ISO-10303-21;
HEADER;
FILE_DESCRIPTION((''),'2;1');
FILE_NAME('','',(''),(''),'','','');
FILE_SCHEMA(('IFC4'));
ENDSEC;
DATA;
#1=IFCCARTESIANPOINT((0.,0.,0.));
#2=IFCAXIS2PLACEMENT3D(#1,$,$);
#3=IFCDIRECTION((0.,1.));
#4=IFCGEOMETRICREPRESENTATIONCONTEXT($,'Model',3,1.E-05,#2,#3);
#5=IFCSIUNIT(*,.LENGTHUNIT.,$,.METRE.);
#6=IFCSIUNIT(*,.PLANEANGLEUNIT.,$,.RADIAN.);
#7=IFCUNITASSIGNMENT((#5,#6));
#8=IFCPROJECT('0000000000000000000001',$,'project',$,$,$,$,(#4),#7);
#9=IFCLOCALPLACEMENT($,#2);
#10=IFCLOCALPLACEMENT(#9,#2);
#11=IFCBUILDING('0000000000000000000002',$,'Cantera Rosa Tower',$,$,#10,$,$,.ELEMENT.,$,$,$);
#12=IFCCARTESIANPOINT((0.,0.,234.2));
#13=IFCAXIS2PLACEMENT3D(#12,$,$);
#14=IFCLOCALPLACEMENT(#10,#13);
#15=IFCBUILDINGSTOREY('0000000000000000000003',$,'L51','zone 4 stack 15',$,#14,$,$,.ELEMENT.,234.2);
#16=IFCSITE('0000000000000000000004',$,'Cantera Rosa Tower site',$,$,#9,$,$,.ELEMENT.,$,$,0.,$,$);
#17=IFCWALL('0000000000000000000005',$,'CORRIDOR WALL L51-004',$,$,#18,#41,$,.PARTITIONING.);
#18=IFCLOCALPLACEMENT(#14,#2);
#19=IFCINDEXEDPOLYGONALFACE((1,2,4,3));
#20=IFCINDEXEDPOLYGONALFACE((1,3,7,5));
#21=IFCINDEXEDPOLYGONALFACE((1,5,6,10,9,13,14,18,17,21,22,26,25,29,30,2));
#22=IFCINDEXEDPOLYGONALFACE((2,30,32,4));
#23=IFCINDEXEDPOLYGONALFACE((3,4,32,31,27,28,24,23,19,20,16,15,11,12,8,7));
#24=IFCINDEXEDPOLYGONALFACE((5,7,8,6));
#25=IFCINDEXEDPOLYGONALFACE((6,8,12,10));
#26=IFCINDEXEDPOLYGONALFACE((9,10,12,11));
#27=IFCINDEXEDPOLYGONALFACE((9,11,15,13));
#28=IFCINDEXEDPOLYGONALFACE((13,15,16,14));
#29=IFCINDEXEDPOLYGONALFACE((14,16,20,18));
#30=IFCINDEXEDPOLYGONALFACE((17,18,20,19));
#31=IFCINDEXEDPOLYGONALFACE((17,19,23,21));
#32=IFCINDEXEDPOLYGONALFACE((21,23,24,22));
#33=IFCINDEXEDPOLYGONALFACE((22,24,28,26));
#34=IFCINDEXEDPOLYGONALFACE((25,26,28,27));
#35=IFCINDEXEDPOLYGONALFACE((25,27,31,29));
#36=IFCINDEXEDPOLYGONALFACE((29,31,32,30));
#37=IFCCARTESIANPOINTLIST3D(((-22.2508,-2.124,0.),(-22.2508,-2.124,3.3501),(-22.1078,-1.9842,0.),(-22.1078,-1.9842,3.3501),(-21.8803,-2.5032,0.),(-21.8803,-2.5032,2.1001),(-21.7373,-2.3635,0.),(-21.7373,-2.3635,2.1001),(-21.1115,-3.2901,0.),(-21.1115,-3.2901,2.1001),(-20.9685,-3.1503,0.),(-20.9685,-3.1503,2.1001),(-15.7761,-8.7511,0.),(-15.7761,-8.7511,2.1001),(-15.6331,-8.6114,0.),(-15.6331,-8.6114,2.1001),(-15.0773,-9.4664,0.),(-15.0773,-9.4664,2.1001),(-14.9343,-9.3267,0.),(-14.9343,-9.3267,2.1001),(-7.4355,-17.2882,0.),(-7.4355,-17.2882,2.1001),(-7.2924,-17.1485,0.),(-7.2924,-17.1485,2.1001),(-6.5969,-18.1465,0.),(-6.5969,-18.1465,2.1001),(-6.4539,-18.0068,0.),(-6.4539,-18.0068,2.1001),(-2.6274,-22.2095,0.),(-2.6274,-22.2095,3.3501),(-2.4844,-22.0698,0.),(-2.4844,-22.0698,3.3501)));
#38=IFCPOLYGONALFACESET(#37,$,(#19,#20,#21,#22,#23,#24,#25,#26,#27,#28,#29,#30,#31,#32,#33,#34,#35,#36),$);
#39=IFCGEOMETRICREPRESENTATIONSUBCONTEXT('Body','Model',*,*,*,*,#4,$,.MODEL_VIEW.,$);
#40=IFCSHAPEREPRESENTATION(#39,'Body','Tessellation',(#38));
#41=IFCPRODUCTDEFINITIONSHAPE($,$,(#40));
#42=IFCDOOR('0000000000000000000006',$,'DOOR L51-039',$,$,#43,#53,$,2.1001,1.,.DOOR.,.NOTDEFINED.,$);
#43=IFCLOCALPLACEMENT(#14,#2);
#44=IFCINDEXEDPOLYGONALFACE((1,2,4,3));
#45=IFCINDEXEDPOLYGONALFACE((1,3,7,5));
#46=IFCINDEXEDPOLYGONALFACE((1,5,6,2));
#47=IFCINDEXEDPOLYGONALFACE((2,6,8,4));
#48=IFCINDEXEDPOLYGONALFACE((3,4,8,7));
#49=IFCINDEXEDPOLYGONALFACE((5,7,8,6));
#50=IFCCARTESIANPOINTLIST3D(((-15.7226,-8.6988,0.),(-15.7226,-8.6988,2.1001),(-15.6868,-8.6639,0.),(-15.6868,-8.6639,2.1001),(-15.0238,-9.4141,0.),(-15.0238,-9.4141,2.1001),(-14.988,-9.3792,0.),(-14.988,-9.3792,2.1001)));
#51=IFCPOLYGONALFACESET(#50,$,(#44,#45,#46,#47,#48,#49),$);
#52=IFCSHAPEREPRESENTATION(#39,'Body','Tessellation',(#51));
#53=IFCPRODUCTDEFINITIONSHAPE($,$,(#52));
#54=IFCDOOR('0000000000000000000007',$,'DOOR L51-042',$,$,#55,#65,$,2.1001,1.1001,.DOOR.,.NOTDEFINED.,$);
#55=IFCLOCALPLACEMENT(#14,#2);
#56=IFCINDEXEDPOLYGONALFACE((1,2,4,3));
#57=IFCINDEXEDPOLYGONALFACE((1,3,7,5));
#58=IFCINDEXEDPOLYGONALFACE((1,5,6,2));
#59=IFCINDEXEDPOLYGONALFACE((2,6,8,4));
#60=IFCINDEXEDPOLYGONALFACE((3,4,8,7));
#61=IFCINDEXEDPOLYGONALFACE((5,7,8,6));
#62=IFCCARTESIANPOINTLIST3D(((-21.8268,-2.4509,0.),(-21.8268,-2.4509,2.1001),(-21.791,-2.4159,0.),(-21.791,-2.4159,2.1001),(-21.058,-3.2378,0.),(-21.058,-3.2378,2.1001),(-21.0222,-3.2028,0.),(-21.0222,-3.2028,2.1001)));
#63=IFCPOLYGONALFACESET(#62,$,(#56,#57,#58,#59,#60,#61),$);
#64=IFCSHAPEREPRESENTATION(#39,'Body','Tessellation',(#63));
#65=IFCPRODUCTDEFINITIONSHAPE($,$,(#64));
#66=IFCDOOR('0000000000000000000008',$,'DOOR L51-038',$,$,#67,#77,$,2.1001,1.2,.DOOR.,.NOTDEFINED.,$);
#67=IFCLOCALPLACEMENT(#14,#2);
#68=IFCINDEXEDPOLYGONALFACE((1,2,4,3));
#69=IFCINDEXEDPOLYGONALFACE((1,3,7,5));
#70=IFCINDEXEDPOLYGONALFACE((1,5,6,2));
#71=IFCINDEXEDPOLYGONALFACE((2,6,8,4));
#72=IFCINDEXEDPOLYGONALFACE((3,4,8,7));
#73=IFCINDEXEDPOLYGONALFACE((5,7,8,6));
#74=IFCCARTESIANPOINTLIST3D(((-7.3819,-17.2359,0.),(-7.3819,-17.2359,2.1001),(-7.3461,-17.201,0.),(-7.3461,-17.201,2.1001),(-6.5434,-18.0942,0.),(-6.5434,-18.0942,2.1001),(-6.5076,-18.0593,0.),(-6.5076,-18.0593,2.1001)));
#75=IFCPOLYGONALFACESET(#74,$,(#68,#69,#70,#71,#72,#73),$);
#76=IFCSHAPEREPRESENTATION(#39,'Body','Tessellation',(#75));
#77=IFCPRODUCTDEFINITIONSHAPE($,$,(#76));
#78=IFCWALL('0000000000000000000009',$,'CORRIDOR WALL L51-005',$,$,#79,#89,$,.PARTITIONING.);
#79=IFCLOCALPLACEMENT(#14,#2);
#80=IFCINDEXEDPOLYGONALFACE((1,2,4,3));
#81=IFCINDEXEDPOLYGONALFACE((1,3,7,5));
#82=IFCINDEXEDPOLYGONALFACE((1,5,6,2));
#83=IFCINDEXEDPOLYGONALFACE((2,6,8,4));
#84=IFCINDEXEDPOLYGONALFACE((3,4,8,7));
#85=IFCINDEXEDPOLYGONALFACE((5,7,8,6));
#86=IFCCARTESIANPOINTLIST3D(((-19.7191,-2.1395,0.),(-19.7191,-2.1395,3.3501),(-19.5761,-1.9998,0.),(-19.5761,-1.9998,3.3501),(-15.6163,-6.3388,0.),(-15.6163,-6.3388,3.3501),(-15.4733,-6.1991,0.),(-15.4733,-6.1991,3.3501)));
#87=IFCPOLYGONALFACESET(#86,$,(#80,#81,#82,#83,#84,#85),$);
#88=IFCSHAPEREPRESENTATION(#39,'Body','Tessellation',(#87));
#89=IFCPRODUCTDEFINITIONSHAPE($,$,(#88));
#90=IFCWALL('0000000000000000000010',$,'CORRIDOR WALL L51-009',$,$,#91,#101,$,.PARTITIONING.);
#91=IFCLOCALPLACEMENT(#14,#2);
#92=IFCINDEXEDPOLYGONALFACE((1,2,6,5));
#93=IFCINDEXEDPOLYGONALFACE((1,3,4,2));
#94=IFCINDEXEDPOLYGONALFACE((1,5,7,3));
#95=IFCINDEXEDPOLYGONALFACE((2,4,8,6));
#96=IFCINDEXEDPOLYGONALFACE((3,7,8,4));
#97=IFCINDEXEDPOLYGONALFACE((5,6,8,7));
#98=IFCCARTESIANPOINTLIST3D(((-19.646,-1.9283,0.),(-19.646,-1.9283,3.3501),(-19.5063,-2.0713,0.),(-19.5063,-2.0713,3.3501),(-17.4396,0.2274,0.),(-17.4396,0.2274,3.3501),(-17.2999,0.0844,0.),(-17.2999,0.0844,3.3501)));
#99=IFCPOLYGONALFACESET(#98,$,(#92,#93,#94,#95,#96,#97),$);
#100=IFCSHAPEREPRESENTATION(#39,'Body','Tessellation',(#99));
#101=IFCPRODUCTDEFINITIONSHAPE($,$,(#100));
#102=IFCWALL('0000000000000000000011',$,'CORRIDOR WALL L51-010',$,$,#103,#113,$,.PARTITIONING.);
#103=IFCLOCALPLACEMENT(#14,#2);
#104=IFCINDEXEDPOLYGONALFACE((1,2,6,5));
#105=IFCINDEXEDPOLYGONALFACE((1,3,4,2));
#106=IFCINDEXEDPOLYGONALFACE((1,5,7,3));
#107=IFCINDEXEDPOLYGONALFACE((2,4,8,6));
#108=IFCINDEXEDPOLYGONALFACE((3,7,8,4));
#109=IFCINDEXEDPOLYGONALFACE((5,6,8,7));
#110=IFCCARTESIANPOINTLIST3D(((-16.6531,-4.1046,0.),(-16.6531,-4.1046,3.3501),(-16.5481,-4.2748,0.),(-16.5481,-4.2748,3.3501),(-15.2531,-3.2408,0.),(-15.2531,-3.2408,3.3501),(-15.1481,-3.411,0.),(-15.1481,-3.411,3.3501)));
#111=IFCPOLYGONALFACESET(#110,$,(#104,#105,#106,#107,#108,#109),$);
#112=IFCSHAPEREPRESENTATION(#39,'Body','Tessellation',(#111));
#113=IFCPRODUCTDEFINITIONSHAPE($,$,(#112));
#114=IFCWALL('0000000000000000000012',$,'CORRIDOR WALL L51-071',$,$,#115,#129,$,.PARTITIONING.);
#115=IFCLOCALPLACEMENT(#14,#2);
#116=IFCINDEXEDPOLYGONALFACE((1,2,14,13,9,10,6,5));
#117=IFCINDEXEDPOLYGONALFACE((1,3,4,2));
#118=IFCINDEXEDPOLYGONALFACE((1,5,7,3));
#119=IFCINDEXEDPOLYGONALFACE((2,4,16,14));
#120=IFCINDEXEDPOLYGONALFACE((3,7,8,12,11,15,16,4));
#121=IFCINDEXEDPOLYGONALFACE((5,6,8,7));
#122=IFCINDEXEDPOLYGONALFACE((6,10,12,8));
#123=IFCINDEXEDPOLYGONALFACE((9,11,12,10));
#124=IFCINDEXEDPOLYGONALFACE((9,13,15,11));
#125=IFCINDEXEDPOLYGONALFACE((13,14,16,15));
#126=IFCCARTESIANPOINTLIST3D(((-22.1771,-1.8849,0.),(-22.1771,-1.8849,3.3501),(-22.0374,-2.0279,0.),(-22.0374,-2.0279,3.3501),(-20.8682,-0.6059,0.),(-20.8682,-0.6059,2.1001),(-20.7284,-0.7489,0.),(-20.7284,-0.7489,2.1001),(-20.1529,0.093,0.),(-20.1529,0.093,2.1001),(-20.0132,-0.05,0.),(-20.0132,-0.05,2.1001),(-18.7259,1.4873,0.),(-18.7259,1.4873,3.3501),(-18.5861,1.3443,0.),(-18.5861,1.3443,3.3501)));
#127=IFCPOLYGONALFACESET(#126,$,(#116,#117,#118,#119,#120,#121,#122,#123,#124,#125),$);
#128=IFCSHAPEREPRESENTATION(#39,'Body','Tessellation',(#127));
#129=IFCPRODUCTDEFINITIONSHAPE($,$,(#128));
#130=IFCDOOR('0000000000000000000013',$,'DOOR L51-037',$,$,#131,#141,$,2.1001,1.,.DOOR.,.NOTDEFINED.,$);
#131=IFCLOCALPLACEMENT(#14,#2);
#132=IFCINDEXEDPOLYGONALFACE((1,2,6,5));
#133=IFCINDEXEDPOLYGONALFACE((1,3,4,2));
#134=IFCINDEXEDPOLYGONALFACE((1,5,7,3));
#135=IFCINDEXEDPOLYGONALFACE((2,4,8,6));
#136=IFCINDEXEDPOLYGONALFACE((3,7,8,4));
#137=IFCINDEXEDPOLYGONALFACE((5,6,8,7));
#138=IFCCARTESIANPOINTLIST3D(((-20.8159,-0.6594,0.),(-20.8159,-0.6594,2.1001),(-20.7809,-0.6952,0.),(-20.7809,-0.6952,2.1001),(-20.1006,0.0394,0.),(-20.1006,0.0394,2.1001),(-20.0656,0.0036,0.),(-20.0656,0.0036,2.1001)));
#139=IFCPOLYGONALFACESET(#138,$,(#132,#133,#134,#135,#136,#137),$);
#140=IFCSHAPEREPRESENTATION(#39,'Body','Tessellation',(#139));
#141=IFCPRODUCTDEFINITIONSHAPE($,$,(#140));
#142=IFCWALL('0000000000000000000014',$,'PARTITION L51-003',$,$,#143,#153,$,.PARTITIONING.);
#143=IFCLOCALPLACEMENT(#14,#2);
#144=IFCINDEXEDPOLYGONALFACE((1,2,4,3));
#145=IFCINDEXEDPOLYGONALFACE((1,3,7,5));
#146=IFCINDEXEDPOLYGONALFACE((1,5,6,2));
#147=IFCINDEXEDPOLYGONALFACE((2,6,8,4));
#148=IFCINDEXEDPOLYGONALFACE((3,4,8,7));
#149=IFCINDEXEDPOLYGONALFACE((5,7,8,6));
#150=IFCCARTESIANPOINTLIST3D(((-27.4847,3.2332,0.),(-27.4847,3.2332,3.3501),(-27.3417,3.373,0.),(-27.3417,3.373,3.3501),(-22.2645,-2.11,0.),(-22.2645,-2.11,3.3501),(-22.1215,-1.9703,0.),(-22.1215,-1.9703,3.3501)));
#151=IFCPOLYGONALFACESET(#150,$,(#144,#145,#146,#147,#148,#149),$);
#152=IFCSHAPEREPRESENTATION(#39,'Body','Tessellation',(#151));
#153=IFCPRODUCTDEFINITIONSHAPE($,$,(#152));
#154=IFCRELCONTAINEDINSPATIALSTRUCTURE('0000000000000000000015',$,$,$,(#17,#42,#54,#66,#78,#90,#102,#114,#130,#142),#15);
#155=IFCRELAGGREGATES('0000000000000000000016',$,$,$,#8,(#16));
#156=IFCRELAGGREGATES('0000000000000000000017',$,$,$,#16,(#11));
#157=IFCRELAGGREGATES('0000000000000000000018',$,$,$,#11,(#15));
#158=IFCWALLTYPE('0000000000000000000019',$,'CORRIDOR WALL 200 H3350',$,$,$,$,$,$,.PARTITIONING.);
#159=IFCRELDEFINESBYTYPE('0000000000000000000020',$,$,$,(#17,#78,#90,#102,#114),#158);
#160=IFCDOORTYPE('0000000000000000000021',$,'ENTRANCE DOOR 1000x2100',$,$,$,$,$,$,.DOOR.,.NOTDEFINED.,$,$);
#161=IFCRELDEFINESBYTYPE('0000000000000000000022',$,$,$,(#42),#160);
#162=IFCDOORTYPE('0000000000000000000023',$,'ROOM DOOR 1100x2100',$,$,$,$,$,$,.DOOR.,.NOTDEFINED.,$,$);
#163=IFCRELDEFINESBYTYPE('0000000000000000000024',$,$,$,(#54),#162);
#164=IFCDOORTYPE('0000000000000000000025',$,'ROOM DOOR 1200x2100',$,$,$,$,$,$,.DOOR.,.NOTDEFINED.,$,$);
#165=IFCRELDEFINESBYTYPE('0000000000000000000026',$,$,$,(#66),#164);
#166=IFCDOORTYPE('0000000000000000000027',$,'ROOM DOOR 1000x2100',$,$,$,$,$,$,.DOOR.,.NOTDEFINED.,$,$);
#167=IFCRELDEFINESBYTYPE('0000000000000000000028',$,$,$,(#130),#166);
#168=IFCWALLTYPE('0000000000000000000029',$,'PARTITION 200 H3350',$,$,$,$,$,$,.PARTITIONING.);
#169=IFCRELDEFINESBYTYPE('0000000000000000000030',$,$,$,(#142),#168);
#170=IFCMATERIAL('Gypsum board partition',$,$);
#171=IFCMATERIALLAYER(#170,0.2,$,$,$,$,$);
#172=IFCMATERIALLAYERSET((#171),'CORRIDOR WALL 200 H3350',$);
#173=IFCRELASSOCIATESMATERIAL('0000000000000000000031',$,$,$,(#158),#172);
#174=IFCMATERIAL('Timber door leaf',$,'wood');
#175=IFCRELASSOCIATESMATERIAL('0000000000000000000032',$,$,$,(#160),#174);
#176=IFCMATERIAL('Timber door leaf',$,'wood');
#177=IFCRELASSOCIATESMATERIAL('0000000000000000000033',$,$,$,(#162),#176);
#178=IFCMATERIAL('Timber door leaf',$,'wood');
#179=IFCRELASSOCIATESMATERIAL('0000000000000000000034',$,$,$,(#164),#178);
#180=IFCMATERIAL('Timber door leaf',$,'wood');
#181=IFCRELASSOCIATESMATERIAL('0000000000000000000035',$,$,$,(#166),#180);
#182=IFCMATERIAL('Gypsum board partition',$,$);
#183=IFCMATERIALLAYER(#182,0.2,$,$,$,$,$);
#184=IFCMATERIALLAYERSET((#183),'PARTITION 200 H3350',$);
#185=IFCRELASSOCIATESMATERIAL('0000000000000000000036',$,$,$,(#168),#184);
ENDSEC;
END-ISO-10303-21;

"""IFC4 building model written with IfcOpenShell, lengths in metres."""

from ifc_helpers import new_model, si_unit, direction, frame, frame_2d, origin, place, context, subcontext, project, spatial, rectangle, extrude, material, layer, layer_set, type_object, element, fill, save


model = new_model("IFC4")

# Units and contexts
model_context = context("Model", 3, precision=1e-05, world=origin(), true_north=direction((0.0, 1.0)))
body_context = subcontext(model_context, "Body", "Model", "MODEL_VIEW")
ifc_project = project(units=[si_unit("LENGTHUNIT", "METRE"), si_unit("PLANEANGLEUNIT", "RADIAN")], contexts=[model_context])

# Site, building, storey
site_placement = place(None, origin())
site = spatial("IfcSite", under=ifc_project, at=site_placement, Name="Cantera Rosa Tower site", CompositionType="ELEMENT", RefElevation=0.0)
building_placement = place(site_placement, origin())
building = spatial("IfcBuilding", under=site, at=building_placement, Name="Cantera Rosa Tower", CompositionType="ELEMENT")
storey_placement = place(building_placement, frame((0.0, 0.0, 234.2)))
storey = spatial("IfcBuildingStorey", under=building, at=storey_placement, Name="L51", Description="zone 4 stack 15", CompositionType="ELEMENT", Elevation=234.2)

# Wall, openings, doors
ifc_material_1 = material(Name="Gypsum board partition")
ifc_layer_1 = layer(ifc_material_1, 0.2)
ifc_layer_set_1 = layer_set([ifc_layer_1], Name="CORRIDOR WALL 200 H3350")
wall_type_1 = type_object("IfcWallType", Name="CORRIDOR WALL 200 H3350", PredefinedType="PARTITIONING", material=ifc_layer_set_1)
wall_1_placement = place(storey_placement, frame((-22.1792, -2.0542, 0.0), z_axis=(0.0, 0.0, 1.0), x_axis=(0.69883, -0.715288, 0.0)))
wall_1 = element("IfcWall", 1, at=wall_1_placement, inside=storey, type_object=wall_type_1, Name="CORRIDOR WALL L51-004", PredefinedType="PARTITIONING", context=body_context, shape_type="SweptSolid", body=[
    extrude(rectangle(XDim=28.0803, YDim=0.2, at=frame_2d((14.04, 0.0))), origin(), (0.0, 0.0, 1.0), 3.3501),
])
opening_1_placement = place(wall_1_placement, frame((21.2, 0.0, 0.0)))
opening_1 = element("IfcOpeningElement", 2, at=opening_1_placement, cuts=wall_1, PredefinedType="OPENING", context=body_context, shape_type="SweptSolid", body=[
    extrude(rectangle(XDim=1.2, YDim=2.1001, at=frame_2d((0.6001, 1.05))), frame((0.0, 0.1099, 0.0), z_axis=(0.0, -1.0, 0.0), x_axis=(1.0, 0.0, 0.0)), (0.0, 0.0, 1.0), 0.22),
])
opening_2_placement = place(wall_1_placement, frame((9.2649, 0.0, 0.0)))
opening_2 = element("IfcOpeningElement", 3, at=opening_2_placement, cuts=wall_1, PredefinedType="OPENING", context=body_context, shape_type="SweptSolid", body=[
    extrude(rectangle(XDim=1.0, YDim=2.1001, at=frame_2d((0.5, 1.05))), frame((0.0, 0.1099, 0.0), z_axis=(0.0, -1.0, 0.0), x_axis=(1.0, 0.0, 0.0)), (0.0, 0.0, 1.0), 0.22),
])
opening_3_placement = place(wall_1_placement, frame((0.53, 0.0, 0.0)))
opening_3 = element("IfcOpeningElement", 4, at=opening_3_placement, cuts=wall_1, PredefinedType="OPENING", context=body_context, shape_type="SweptSolid", body=[
    extrude(rectangle(XDim=1.1001, YDim=2.1001, at=frame_2d((0.55, 1.05))), frame((0.0, 0.1099, 0.0), z_axis=(0.0, -1.0, 0.0), x_axis=(1.0, 0.0, 0.0)), (0.0, 0.0, 1.0), 0.22),
])
ifc_material_2 = material(Name="Timber door leaf", Category="wood")
door_type_1 = type_object("IfcDoorType", Name="ENTRANCE DOOR 1000x2100", OperationType="NOTDEFINED", PredefinedType="DOOR", material=ifc_material_2)
door_1_placement = place(opening_2_placement, origin())
door_1 = element("IfcDoor", 5, at=door_1_placement, inside=storey, type_object=door_type_1, Name="DOOR L51-039", OperationType="NOTDEFINED", OverallHeight=2.1001, OverallWidth=1.0, PredefinedType="DOOR", context=body_context, shape_type="SweptSolid", body=[
    extrude(rectangle(XDim=1.0, YDim=2.1001, at=frame_2d((0.5, 1.05))), frame((0.0, 0.0249, 0.0), z_axis=(0.0, -1.0, 0.0), x_axis=(1.0, 0.0, 0.0)), (0.0, 0.0, 1.0), 0.05),
])
fill(opening_2, door_1)
ifc_material_3 = material(Name="Timber door leaf", Category="wood")
door_type_2 = type_object("IfcDoorType", Name="ROOM DOOR 1100x2100", OperationType="NOTDEFINED", PredefinedType="DOOR", material=ifc_material_3)
door_2_placement = place(opening_3_placement, origin())
door_2 = element("IfcDoor", 6, at=door_2_placement, inside=storey, type_object=door_type_2, Name="DOOR L51-042", OperationType="NOTDEFINED", OverallHeight=2.1001, OverallWidth=1.1001, PredefinedType="DOOR", context=body_context, shape_type="SweptSolid", body=[
    extrude(rectangle(XDim=1.1001, YDim=2.1001, at=frame_2d((0.55, 1.05))), frame((0.0, 0.0249, 0.0), z_axis=(0.0, -1.0, 0.0), x_axis=(1.0, 0.0, 0.0)), (0.0, 0.0, 1.0), 0.05),
])
fill(opening_3, door_2)
ifc_material_4 = material(Name="Timber door leaf", Category="wood")
door_type_3 = type_object("IfcDoorType", Name="ROOM DOOR 1200x2100", OperationType="NOTDEFINED", PredefinedType="DOOR", material=ifc_material_4)
door_3_placement = place(opening_1_placement, origin())
door_3 = element("IfcDoor", 7, at=door_3_placement, inside=storey, type_object=door_type_3, Name="DOOR L51-038", OperationType="NOTDEFINED", OverallHeight=2.1001, OverallWidth=1.2, PredefinedType="DOOR", context=body_context, shape_type="SweptSolid", body=[
    extrude(rectangle(XDim=1.2, YDim=2.1001, at=frame_2d((0.6001, 1.05))), frame((0.0, 0.0249, 0.0), z_axis=(0.0, -1.0, 0.0), x_axis=(1.0, 0.0, 0.0)), (0.0, 0.0, 1.0), 0.05),
])
fill(opening_1, door_3)

# Walls
wall_2_placement = place(storey_placement, frame((-19.6477, -2.0696, 0.0), z_axis=(0.0, 0.0, 1.0), x_axis=(0.698846, -0.715272, 0.0)))
element("IfcWall", 8, at=wall_2_placement, inside=storey, type_object=wall_type_1, Name="CORRIDOR WALL L51-005", PredefinedType="PARTITIONING", context=body_context, shape_type="SweptSolid", body=[
    extrude(rectangle(XDim=5.8708, YDim=0.2, at=frame_2d((2.9355, 0.0))), origin(), (0.0, 0.0, 1.0), 3.3501),
])
wall_3_placement = place(storey_placement, frame((-17.3696, 0.156, 0.0), z_axis=(0.0, 0.0, 1.0), x_axis=(-0.71529, -0.698828, 0.0)))
element("IfcWall", 9, at=wall_3_placement, inside=storey, type_object=wall_type_1, Name="CORRIDOR WALL L51-009", PredefinedType="PARTITIONING", context=body_context, shape_type="SweptSolid", body=[
    extrude(rectangle(XDim=3.0847, YDim=0.2, at=frame_2d((1.5425, 0.0))), origin(), (0.0, 0.0, 1.0), 3.3501),
])
wall_4_placement = place(storey_placement, frame((-16.6006, -4.1897, 0.0), z_axis=(0.0, 0.0, 1.0), x_axis=(0.851036, 0.525107, 0.0)))
element("IfcWall", 10, at=wall_4_placement, inside=storey, type_object=wall_type_1, Name="CORRIDOR WALL L51-010", PredefinedType="PARTITIONING", context=body_context, shape_type="SweptSolid", body=[
    extrude(rectangle(XDim=1.645, YDim=0.2, at=frame_2d((0.8225, 0.0))), origin(), (0.0, 0.0, 1.0), 3.3501),
])

# Wall, opening, door
wall_5_placement = place(storey_placement, frame((-18.656, 1.4158, 0.0), z_axis=(0.0, 0.0, 1.0), x_axis=(-0.715256, -0.698862, 0.0)))
wall_5 = element("IfcWall", 11, at=wall_5_placement, inside=storey, type_object=wall_type_1, Name="CORRIDOR WALL L51-071", PredefinedType="PARTITIONING", context=body_context, shape_type="SweptSolid", body=[
    extrude(rectangle(XDim=4.8252, YDim=0.2, at=frame_2d((2.4126, 0.0))), origin(), (0.0, 0.0, 1.0), 3.3501),
])
opening_4_placement = place(wall_5_placement, frame((1.9951, 0.0, 0.0)))
opening_4 = element("IfcOpeningElement", 12, at=opening_4_placement, cuts=wall_5, PredefinedType="OPENING", context=body_context, shape_type="SweptSolid", body=[
    extrude(rectangle(XDim=1.0, YDim=2.1001, at=frame_2d((0.5, 1.05))), frame((0.0, 0.1099, 0.0), z_axis=(0.0, -1.0, 0.0), x_axis=(1.0, 0.0, 0.0)), (0.0, 0.0, 1.0), 0.22),
])
ifc_material_5 = material(Name="Timber door leaf", Category="wood")
door_type_4 = type_object("IfcDoorType", Name="ROOM DOOR 1000x2100", OperationType="NOTDEFINED", PredefinedType="DOOR", material=ifc_material_5)
door_4_placement = place(opening_4_placement, origin())
door_4 = element("IfcDoor", 13, at=door_4_placement, inside=storey, type_object=door_type_4, Name="DOOR L51-037", OperationType="NOTDEFINED", OverallHeight=2.1001, OverallWidth=1.0, PredefinedType="DOOR", context=body_context, shape_type="SweptSolid", body=[
    extrude(rectangle(XDim=1.0, YDim=2.1001, at=frame_2d((0.5, 1.05))), frame((0.0, 0.0249, 0.0), z_axis=(0.0, -1.0, 0.0), x_axis=(1.0, 0.0, 0.0)), (0.0, 0.0, 1.0), 0.05),
])
fill(opening_4, door_4)

# Wall
ifc_material_6 = material(Name="Gypsum board partition")
ifc_layer_2 = layer(ifc_material_6, 0.2)
ifc_layer_set_2 = layer_set([ifc_layer_2], Name="PARTITION 200 H3350")
wall_type_2 = type_object("IfcWallType", Name="PARTITION 200 H3350", PredefinedType="PARTITIONING", material=ifc_layer_set_2)
wall_6_placement = place(storey_placement, frame((-22.1931, -2.04, 0.0), z_axis=(0.0, 0.0, 1.0), x_axis=(-0.698823, 0.715295, 0.0)))
element("IfcWall", 14, at=wall_6_placement, inside=storey, type_object=wall_type_2, Name="PARTITION L51-003", PredefinedType="PARTITIONING", context=body_context, shape_type="SweptSolid", body=[
    extrude(rectangle(XDim=7.47, YDim=0.2, at=frame_2d((3.7349, 0.0))), origin(), (0.0, 0.0, 1.0), 3.3501),
])

save(model, "model.ifc")
